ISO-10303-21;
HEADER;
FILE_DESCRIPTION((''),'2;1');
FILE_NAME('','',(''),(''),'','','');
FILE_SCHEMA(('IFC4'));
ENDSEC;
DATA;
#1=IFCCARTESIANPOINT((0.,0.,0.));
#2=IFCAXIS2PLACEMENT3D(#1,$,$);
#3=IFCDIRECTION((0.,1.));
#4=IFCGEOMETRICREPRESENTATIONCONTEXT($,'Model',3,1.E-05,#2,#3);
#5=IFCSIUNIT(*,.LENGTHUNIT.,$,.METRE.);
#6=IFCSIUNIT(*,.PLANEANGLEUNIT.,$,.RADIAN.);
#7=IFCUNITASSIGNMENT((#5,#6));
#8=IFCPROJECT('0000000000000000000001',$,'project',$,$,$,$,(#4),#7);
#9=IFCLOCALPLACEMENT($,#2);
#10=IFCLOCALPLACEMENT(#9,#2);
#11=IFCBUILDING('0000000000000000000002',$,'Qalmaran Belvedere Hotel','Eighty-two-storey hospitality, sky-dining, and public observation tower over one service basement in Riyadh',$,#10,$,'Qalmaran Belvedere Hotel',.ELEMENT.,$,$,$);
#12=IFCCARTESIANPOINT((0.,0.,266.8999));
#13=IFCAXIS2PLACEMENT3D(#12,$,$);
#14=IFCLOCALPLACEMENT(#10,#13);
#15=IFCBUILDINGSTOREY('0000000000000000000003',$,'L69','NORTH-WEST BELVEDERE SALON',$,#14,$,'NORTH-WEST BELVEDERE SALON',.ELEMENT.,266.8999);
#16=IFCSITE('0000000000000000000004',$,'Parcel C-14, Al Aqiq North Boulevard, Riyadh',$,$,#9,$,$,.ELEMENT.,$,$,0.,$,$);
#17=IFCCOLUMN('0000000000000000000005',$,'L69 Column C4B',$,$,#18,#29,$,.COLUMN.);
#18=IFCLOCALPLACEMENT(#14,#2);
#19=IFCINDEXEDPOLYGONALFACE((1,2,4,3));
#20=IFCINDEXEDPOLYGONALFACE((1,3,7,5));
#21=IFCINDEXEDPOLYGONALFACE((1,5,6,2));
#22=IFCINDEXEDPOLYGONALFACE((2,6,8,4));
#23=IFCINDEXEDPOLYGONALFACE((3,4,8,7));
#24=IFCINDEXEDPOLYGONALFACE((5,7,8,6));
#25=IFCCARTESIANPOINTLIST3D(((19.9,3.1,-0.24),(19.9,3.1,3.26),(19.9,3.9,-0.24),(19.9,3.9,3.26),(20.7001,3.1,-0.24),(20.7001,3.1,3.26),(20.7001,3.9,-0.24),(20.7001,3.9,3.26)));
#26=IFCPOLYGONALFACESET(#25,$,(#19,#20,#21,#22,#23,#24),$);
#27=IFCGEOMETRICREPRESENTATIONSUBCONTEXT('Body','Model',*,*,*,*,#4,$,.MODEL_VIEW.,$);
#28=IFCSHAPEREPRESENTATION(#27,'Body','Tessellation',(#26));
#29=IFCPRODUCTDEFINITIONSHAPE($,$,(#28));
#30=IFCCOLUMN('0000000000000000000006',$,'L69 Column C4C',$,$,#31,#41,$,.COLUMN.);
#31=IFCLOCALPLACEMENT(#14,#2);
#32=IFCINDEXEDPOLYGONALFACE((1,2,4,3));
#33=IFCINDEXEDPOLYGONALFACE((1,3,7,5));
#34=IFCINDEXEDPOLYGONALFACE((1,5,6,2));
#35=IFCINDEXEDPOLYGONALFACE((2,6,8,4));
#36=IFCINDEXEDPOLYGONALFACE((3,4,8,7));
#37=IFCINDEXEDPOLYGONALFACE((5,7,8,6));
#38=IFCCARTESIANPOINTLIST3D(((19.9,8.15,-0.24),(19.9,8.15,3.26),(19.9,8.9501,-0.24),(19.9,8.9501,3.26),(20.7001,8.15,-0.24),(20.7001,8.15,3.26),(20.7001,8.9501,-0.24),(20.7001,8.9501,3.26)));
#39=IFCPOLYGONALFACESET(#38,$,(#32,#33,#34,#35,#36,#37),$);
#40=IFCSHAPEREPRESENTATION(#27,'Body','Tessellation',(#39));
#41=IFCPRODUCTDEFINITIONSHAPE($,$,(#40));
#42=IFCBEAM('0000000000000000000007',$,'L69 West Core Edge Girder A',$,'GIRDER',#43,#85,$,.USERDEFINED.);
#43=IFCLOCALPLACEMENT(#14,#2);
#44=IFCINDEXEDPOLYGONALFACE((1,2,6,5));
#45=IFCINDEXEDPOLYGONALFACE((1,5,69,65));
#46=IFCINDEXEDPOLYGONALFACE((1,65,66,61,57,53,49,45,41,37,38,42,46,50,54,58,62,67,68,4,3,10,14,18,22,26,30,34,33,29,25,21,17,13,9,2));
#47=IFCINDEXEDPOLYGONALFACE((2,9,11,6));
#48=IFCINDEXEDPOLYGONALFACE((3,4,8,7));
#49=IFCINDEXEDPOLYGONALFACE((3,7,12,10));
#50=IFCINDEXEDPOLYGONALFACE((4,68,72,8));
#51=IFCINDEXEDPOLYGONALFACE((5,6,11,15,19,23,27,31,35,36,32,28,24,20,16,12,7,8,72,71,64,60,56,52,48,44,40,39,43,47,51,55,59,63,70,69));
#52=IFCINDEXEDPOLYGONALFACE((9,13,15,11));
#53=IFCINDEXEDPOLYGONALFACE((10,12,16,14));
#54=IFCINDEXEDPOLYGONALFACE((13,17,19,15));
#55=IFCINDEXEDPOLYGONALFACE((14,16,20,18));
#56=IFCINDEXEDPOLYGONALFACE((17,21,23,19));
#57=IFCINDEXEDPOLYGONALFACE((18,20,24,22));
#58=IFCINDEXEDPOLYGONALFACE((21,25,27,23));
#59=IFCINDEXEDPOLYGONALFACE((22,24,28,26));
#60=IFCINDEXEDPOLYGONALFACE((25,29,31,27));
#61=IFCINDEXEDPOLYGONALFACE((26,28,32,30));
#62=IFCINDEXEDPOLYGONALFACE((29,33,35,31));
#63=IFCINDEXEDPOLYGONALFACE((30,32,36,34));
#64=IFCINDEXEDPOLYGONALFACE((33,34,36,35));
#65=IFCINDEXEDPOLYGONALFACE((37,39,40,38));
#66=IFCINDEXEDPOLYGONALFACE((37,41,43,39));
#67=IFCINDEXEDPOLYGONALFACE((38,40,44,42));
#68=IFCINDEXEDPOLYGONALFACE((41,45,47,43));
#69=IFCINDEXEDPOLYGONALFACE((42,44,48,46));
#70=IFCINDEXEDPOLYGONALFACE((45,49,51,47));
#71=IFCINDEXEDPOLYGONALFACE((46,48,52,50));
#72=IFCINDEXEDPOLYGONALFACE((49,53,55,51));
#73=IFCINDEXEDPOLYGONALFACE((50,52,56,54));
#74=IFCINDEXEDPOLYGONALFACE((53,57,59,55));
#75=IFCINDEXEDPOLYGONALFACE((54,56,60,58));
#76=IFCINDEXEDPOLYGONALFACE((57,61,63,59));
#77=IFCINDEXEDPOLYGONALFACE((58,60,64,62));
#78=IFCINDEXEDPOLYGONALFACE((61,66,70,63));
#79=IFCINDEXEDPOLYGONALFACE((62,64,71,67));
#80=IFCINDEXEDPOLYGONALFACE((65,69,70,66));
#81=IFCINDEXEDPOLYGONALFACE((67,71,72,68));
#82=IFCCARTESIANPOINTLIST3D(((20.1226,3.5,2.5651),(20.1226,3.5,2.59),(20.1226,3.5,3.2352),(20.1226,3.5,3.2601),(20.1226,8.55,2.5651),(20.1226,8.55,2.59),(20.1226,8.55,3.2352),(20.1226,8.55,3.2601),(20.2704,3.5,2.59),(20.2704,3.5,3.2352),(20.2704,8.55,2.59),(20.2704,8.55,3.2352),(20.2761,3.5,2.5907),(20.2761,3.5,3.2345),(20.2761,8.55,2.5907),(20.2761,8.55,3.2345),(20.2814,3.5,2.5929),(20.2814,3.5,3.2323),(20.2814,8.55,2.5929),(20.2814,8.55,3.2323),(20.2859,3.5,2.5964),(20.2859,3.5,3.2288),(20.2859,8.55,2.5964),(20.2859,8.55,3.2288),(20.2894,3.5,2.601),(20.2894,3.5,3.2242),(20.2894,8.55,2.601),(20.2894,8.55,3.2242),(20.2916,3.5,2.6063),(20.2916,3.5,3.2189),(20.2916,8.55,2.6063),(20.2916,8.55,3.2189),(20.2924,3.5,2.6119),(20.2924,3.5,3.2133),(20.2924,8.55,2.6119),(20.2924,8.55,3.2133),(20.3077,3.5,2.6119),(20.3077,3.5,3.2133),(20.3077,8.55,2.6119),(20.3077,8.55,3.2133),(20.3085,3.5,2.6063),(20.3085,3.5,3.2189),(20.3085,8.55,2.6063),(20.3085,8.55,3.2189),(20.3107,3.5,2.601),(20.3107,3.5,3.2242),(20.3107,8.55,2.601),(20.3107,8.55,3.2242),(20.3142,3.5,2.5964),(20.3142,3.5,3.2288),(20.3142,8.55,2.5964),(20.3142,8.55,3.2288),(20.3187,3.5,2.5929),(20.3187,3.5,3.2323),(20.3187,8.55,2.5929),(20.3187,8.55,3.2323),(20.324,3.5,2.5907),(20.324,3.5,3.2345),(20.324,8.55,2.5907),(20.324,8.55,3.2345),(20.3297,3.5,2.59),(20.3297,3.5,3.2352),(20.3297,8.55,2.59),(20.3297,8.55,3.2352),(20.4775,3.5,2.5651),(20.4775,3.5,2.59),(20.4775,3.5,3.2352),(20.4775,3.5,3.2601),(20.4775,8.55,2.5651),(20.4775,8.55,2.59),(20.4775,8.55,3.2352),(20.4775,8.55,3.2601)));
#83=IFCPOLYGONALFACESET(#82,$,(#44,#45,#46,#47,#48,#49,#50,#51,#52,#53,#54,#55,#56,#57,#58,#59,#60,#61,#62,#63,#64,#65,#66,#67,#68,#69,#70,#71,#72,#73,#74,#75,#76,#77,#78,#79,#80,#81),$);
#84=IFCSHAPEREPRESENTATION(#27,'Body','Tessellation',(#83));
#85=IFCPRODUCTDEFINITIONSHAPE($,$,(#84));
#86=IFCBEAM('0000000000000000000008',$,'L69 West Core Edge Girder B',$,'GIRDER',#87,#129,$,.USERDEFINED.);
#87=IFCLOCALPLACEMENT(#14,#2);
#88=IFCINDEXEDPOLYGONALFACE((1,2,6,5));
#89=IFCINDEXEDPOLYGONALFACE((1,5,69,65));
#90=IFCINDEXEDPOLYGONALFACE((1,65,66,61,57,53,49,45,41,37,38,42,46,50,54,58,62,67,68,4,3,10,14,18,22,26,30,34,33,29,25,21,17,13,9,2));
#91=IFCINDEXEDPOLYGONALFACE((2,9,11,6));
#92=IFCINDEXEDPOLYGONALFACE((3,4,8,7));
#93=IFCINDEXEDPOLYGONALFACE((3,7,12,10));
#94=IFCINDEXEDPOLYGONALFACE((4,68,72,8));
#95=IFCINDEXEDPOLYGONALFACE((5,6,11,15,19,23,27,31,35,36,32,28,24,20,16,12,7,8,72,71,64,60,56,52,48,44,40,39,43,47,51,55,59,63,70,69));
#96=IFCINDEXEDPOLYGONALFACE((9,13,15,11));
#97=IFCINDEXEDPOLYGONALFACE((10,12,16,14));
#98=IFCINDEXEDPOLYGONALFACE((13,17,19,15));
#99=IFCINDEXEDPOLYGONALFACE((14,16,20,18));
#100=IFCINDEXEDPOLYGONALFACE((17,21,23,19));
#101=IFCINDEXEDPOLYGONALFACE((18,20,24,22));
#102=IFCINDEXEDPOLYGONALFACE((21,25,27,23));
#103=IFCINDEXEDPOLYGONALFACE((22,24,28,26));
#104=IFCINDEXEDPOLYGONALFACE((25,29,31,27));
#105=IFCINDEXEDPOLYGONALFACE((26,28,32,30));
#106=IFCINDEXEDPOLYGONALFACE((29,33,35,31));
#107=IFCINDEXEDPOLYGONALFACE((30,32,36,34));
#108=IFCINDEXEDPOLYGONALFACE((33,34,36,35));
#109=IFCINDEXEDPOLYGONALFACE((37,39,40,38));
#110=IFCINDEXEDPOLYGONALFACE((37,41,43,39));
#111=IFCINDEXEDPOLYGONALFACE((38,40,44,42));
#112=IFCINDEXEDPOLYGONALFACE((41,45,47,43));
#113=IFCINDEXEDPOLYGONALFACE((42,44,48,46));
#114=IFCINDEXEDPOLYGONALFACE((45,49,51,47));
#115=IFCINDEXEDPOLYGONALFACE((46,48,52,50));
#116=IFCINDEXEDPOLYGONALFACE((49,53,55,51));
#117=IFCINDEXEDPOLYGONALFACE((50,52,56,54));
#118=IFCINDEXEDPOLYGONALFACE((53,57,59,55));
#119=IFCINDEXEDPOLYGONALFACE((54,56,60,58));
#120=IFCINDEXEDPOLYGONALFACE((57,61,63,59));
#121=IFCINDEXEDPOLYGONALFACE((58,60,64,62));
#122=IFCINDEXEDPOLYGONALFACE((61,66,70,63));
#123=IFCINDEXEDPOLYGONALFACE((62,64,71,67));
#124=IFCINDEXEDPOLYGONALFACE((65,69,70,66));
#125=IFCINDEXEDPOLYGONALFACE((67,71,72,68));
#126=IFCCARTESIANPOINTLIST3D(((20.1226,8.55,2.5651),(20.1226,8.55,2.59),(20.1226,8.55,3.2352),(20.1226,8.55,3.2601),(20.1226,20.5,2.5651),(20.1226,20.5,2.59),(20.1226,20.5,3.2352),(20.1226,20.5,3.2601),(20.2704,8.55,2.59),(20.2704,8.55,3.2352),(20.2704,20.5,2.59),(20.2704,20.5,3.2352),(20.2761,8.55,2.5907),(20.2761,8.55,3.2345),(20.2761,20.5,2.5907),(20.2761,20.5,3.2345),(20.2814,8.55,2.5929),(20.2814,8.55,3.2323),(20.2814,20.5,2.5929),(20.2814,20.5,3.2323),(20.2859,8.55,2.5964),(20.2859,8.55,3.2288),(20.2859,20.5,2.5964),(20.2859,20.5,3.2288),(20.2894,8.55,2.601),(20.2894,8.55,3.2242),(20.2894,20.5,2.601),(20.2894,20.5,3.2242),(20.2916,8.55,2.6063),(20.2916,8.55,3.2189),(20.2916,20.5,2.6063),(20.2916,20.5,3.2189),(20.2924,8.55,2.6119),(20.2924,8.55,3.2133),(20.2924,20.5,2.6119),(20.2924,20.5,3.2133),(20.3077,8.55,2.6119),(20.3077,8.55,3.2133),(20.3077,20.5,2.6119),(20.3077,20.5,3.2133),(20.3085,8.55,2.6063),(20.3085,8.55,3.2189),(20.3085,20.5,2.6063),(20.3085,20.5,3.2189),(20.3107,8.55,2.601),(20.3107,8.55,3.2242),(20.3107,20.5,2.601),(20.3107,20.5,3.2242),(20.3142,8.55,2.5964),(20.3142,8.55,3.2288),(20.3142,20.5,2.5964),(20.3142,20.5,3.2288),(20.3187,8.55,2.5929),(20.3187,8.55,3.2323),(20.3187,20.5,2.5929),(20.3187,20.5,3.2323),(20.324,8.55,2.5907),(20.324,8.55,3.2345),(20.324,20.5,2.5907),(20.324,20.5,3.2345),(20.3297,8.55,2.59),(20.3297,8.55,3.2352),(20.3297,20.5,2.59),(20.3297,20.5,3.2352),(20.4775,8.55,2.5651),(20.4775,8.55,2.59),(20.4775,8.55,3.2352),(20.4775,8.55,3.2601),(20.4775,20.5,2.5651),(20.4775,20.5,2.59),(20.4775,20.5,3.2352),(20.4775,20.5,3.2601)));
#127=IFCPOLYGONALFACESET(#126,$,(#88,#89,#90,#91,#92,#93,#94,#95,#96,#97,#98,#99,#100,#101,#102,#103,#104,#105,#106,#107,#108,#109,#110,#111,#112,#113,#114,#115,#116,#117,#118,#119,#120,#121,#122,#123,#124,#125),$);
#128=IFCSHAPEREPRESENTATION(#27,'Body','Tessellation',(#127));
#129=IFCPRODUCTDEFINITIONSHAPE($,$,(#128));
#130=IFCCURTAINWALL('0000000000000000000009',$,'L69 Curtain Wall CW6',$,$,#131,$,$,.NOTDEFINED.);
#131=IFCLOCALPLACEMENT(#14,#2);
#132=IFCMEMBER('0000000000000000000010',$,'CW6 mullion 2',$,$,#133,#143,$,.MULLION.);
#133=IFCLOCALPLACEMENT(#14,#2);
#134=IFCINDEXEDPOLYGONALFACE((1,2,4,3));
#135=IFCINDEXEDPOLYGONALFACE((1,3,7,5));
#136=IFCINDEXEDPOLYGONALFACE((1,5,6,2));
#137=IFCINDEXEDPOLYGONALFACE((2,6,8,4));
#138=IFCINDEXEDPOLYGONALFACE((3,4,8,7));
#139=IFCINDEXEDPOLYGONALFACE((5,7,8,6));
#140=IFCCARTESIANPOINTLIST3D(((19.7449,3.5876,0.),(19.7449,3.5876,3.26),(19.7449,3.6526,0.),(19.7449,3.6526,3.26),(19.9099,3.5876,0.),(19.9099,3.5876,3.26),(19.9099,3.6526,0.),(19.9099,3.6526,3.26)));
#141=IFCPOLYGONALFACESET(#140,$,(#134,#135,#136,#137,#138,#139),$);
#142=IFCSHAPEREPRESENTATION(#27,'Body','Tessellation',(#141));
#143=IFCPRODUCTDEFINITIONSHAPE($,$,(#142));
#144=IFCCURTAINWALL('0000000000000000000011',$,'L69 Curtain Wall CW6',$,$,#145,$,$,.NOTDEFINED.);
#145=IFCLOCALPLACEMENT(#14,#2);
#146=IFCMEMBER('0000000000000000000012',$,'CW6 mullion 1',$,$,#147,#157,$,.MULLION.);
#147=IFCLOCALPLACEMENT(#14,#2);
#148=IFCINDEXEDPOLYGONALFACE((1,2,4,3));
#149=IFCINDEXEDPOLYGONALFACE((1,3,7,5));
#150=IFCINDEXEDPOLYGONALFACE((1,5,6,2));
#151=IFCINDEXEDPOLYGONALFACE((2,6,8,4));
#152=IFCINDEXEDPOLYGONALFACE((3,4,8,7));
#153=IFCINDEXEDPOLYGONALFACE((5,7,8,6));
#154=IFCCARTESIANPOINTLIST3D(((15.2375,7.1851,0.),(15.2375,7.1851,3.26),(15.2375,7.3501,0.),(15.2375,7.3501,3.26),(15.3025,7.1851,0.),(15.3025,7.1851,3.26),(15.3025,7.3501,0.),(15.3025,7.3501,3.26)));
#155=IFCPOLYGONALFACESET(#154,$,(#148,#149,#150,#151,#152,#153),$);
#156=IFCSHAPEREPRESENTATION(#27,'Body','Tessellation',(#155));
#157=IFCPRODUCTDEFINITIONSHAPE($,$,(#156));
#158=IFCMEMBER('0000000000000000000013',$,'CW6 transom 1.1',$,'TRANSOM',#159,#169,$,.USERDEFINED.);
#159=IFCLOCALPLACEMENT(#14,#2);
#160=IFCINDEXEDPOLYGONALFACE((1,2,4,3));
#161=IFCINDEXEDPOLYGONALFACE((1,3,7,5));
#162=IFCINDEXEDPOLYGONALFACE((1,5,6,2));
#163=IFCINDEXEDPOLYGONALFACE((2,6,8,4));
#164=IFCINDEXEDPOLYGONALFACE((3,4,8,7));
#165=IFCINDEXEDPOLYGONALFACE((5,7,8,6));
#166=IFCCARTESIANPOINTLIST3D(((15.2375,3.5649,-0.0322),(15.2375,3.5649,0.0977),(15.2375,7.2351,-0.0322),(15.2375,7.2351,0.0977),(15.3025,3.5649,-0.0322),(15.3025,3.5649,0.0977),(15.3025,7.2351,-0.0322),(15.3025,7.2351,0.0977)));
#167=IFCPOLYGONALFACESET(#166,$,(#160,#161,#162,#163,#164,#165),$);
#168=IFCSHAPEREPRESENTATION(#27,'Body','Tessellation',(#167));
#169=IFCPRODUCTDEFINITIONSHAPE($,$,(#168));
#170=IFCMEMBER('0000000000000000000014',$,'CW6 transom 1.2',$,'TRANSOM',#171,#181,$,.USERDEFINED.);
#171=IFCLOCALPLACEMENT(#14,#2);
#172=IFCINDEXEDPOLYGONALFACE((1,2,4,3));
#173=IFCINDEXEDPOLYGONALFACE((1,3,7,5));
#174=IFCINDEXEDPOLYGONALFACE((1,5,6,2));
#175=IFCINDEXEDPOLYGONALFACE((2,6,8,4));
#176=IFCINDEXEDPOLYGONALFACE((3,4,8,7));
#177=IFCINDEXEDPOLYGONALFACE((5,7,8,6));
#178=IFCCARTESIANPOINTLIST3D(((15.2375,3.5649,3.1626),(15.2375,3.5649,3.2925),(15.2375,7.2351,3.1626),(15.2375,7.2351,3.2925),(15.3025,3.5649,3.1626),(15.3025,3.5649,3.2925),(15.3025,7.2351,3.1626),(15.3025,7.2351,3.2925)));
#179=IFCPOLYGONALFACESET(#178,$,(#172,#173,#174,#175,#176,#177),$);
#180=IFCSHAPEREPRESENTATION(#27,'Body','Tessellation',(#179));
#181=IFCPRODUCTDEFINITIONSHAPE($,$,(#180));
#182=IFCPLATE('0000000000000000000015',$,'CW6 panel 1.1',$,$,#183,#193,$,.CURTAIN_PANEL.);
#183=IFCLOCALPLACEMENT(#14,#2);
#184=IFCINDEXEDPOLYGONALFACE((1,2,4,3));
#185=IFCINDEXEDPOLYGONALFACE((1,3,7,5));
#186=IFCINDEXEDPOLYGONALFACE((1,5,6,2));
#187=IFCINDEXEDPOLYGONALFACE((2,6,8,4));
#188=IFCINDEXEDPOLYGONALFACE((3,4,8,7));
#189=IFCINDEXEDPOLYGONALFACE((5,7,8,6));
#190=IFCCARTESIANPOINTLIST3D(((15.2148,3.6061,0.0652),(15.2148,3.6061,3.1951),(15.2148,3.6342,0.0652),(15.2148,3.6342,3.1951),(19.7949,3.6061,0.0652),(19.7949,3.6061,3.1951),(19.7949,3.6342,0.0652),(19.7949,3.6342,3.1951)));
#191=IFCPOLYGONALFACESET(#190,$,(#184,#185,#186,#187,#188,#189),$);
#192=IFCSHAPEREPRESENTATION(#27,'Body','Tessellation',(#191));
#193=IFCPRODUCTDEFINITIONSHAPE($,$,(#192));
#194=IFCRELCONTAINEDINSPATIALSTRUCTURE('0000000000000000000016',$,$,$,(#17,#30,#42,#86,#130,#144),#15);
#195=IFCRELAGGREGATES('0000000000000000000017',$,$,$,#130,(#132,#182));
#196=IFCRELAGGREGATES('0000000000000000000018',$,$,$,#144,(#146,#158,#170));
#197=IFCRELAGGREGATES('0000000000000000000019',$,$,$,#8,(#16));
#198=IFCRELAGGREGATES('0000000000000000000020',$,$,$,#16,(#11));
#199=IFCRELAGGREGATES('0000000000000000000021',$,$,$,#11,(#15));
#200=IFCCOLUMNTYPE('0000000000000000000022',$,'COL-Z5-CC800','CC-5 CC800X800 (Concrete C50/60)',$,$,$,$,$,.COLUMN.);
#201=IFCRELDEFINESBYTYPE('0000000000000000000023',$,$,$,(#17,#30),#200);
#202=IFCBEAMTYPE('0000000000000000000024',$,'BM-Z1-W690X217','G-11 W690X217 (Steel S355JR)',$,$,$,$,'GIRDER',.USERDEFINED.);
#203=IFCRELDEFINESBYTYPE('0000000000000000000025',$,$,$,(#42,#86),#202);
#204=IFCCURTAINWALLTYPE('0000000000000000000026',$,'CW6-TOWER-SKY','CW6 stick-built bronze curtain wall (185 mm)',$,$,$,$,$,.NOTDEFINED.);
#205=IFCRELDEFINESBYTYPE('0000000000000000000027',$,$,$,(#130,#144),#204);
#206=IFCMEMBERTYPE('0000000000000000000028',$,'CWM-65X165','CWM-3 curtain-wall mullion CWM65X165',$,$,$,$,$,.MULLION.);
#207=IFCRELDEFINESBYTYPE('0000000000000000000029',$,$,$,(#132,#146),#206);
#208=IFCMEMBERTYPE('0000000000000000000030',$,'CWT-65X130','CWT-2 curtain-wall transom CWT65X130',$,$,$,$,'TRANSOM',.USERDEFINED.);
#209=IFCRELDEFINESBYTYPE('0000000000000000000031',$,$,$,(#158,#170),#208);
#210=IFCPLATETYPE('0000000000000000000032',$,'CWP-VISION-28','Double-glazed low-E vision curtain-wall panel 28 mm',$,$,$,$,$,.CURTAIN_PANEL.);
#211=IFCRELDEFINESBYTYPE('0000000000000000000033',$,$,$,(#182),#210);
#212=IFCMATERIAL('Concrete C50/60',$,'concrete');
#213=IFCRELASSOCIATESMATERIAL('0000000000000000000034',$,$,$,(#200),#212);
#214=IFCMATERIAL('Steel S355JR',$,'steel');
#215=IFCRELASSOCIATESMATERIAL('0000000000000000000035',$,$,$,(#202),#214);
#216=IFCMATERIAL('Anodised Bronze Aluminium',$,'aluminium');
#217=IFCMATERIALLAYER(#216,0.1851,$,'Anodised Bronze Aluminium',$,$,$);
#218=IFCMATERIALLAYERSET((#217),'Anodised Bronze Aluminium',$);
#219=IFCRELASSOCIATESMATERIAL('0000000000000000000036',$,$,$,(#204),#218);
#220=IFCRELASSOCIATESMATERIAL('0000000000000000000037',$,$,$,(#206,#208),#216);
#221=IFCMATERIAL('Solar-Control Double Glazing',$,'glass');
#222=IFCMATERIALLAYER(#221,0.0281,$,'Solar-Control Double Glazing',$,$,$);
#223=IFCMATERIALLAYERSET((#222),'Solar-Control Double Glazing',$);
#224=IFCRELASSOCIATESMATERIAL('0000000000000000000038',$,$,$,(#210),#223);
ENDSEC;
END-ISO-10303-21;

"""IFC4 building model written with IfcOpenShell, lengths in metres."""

from ifc_helpers import new_model, si_unit, direction, frame, origin, origin_2d, place, context, subcontext, project, spatial, rectangle, i_section, extrude, material, layer, layer_set, material_profile, profile_set, type_object, element, aggregate, save


model = new_model("IFC4")

# Units and contexts
model_context = context("Model", 3, precision=1e-05, world=origin(), true_north=direction((0.0, 1.0)))
body_context = subcontext(model_context, "Body", "Model", "MODEL_VIEW")
ifc_project = project(units=[si_unit("LENGTHUNIT", "METRE"), si_unit("PLANEANGLEUNIT", "RADIAN")], contexts=[model_context])

# Site, building, storey
site_placement = place(None, origin())
site = spatial("IfcSite", under=ifc_project, at=site_placement, Name="Parcel C-14, Al Aqiq North Boulevard, Riyadh", CompositionType="ELEMENT", RefElevation=0.0)
building_placement = place(site_placement, origin())
building = spatial("IfcBuilding", under=site, at=building_placement, Name="Qalmaran Belvedere Hotel", Description="Eighty-two-storey hospitality, sky-dining, and public observation tower over one service basement in Riyadh", LongName="Qalmaran Belvedere Hotel", CompositionType="ELEMENT")
storey_placement = place(building_placement, frame((0.0, 0.0, 266.8999)))
storey = spatial("IfcBuildingStorey", under=building, at=storey_placement, Name="L69", Description="NORTH-WEST BELVEDERE SALON", LongName="NORTH-WEST BELVEDERE SALON", CompositionType="ELEMENT", Elevation=266.8999)

# Columns
ifc_material_1 = material(Name="Concrete C50/60", Category="concrete")
ifc_material_profile_1 = material_profile(ifc_material_1, rectangle(XDim=0.8, YDim=0.8, at=origin_2d()), Name="CC800X800")
ifc_profile_set_1 = profile_set([ifc_material_profile_1], Name="Concrete C50/60")
column_type = type_object("IfcColumnType", Name="COL-Z5-CC800", Description="CC-5 CC800X800 (Concrete C50/60)", PredefinedType="COLUMN", material=ifc_profile_set_1)
for number, where, z_axis, x_axis, name in (
    (1, (20.3, 3.5, -0.24), (0.0, 0.0, 1.0), (1.0, 0.0, 0.0), "L69 Column C4B"),
    (2, (20.3, 8.55, -0.24), (0.0, 0.0, 1.0), (1.0, 0.0, 0.0), "L69 Column C4C"),
):
    element("IfcColumn", number, at=place(storey_placement, frame(where, z_axis=z_axis, x_axis=x_axis)), inside=storey, type_object=column_type, Name=name, PredefinedType="COLUMN", context=body_context, shape_type="SweptSolid", body=[
        extrude(rectangle(XDim=0.8, YDim=0.8, at=origin_2d()), origin(), (0.0, 0.0, 1.0), 3.5),
    ])

# Beams
ifc_material_2 = material(Name="Steel S355JR", Category="steel")
ifc_material_profile_2 = material_profile(ifc_material_2, i_section(OverallWidth=0.355, OverallDepth=0.6951, WebThickness=0.0154, FlangeThickness=0.0249, FilletRadius=0.022, at=origin_2d()), Name="W690X217")
ifc_profile_set_2 = profile_set([ifc_material_profile_2], Name="Steel S355JR")
beam_type = type_object("IfcBeamType", Name="BM-Z1-W690X217", Description="G-11 W690X217 (Steel S355JR)", ElementType="GIRDER", PredefinedType="USERDEFINED", material=ifc_profile_set_2)
beam_1_placement = place(storey_placement, frame((20.3, 3.5, 2.9126), z_axis=(0.0, 1.0, 0.0), x_axis=(-1.0, 0.0, 0.0)))
element("IfcBeam", 3, at=beam_1_placement, inside=storey, type_object=beam_type, Name="L69 West Core Edge Girder A", ObjectType="GIRDER", PredefinedType="USERDEFINED", context=body_context, shape_type="SweptSolid", body=[
    extrude(i_section(OverallWidth=0.355, OverallDepth=0.6951, WebThickness=0.0154, FlangeThickness=0.0249, FilletRadius=0.022, at=origin_2d()), origin(), (0.0, 0.0, 1.0), 5.05),
])
beam_2_placement = place(storey_placement, frame((20.3, 8.55, 2.9126), z_axis=(0.0, 1.0, 0.0), x_axis=(-1.0, 0.0, 0.0)))
element("IfcBeam", 4, at=beam_2_placement, inside=storey, type_object=beam_type, Name="L69 West Core Edge Girder B", ObjectType="GIRDER", PredefinedType="USERDEFINED", context=body_context, shape_type="SweptSolid", body=[
    extrude(i_section(OverallWidth=0.355, OverallDepth=0.6951, WebThickness=0.0154, FlangeThickness=0.0249, FilletRadius=0.022, at=origin_2d()), origin(), (0.0, 0.0, 1.0), 11.95),
])

# Curtain wall, member
ifc_material_3 = material(Name="Anodised Bronze Aluminium", Category="aluminium")
ifc_layer_1 = layer(ifc_material_3, 0.1851, Name="Anodised Bronze Aluminium")
ifc_layer_set_1 = layer_set([ifc_layer_1], Name="Anodised Bronze Aluminium")
curtain_wall_type = type_object("IfcCurtainWallType", Name="CW6-TOWER-SKY", Description="CW6 stick-built bronze curtain wall (185 mm)", PredefinedType="NOTDEFINED", material=ifc_layer_set_1)
curtain_wall_1_placement = place(storey_placement, origin())
curtain_wall_1 = element("IfcCurtainWall", 5, at=curtain_wall_1_placement, inside=storey, type_object=curtain_wall_type, Name="L69 Curtain Wall CW6", PredefinedType="NOTDEFINED")
ifc_material_profile_3 = material_profile(ifc_material_3, rectangle(XDim=0.0649, YDim=0.165, at=origin_2d()), Name="CWM65X165")
ifc_profile_set_3 = profile_set([ifc_material_profile_3], Name="Anodised Bronze Aluminium")
member_type_1 = type_object("IfcMemberType", Name="CWM-65X165", Description="CWM-3 curtain-wall mullion CWM65X165", PredefinedType="MULLION", material=ifc_profile_set_3)
member_1_placement = place(storey_placement, frame((19.8274, 3.6201, 0.0), z_axis=(0.0, 0.0, 1.0), x_axis=(0.0, 1.0, 0.0)))
member_1 = element("IfcMember", 6, at=member_1_placement, type_object=member_type_1, Name="CW6 mullion 2", PredefinedType="MULLION", context=body_context, shape_type="SweptSolid", body=[
    extrude(rectangle(XDim=0.0649, YDim=0.165, at=origin_2d()), origin(), (0.0, 0.0, 1.0), 3.26),
])

# Curtain wall, members
curtain_wall_2_placement = place(storey_placement, origin())
curtain_wall_2 = element("IfcCurtainWall", 7, at=curtain_wall_2_placement, inside=storey, type_object=curtain_wall_type, Name="L69 Curtain Wall CW6", PredefinedType="NOTDEFINED")
member_2_placement = place(storey_placement, frame((15.27, 7.2676, 0.0), z_axis=(0.0, 0.0, 1.0), x_axis=(1.0, 0.0, 0.0)))
member_2 = element("IfcMember", 8, at=member_2_placement, type_object=member_type_1, Name="CW6 mullion 1", PredefinedType="MULLION", context=body_context, shape_type="SweptSolid", body=[
    extrude(rectangle(XDim=0.0649, YDim=0.165, at=origin_2d()), origin(), (0.0, 0.0, 1.0), 3.26),
])
ifc_material_profile_4 = material_profile(ifc_material_3, rectangle(XDim=0.0649, YDim=0.1299, at=origin_2d()), Name="CWT65X130")
ifc_profile_set_4 = profile_set([ifc_material_profile_4], Name="Anodised Bronze Aluminium")
member_type_2 = type_object("IfcMemberType", Name="CWT-65X130", Description="CWT-2 curtain-wall transom CWT65X130", ElementType="TRANSOM", PredefinedType="USERDEFINED", material=ifc_profile_set_4)
member_3_placement = place(storey_placement, frame((15.27, 7.2351, 0.0327), z_axis=(0.0, -1.0, 0.0), x_axis=(1.0, 0.0, 0.0)))
member_3 = element("IfcMember", 9, at=member_3_placement, type_object=member_type_2, Name="CW6 transom 1.1", ObjectType="TRANSOM", PredefinedType="USERDEFINED", context=body_context, shape_type="SweptSolid", body=[
    extrude(rectangle(XDim=0.0649, YDim=0.1299, at=origin_2d()), origin(), (0.0, 0.0, 1.0), 3.6702),
])
member_4_placement = place(storey_placement, frame((15.27, 7.2351, 3.2275), z_axis=(0.0, -1.0, 0.0), x_axis=(1.0, 0.0, 0.0)))
member_4 = element("IfcMember", 10, at=member_4_placement, type_object=member_type_2, Name="CW6 transom 1.2", ObjectType="TRANSOM", PredefinedType="USERDEFINED", context=body_context, shape_type="SweptSolid", body=[
    extrude(rectangle(XDim=0.0649, YDim=0.1299, at=origin_2d()), origin(), (0.0, 0.0, 1.0), 3.6702),
])

# Plate
ifc_material_4 = material(Name="Solar-Control Double Glazing", Category="glass")
ifc_layer_2 = layer(ifc_material_4, 0.0281, Name="Solar-Control Double Glazing")
ifc_layer_set_2 = layer_set([ifc_layer_2], Name="Solar-Control Double Glazing")
plate_type = type_object("IfcPlateType", Name="CWP-VISION-28", Description="Double-glazed low-E vision curtain-wall panel 28 mm", PredefinedType="CURTAIN_PANEL", material=ifc_layer_set_2)
plate_1_placement = place(storey_placement, frame((17.5049, 3.6201, 0.0652), z_axis=(0.0, 0.0, 1.0), x_axis=(1.0, 0.0, 0.0)))
plate_1 = element("IfcPlate", 11, at=plate_1_placement, type_object=plate_type, Name="CW6 panel 1.1", PredefinedType="CURTAIN_PANEL", context=body_context, shape_type="SweptSolid", body=[
    extrude(rectangle(XDim=4.5801, YDim=0.0281, at=origin_2d()), origin(), (0.0, 0.0, 1.0), 3.1299),
])
aggregate(curtain_wall_1, [member_1, plate_1])
aggregate(curtain_wall_2, [member_2, member_3, member_4])

save(model, "model.ifc")
